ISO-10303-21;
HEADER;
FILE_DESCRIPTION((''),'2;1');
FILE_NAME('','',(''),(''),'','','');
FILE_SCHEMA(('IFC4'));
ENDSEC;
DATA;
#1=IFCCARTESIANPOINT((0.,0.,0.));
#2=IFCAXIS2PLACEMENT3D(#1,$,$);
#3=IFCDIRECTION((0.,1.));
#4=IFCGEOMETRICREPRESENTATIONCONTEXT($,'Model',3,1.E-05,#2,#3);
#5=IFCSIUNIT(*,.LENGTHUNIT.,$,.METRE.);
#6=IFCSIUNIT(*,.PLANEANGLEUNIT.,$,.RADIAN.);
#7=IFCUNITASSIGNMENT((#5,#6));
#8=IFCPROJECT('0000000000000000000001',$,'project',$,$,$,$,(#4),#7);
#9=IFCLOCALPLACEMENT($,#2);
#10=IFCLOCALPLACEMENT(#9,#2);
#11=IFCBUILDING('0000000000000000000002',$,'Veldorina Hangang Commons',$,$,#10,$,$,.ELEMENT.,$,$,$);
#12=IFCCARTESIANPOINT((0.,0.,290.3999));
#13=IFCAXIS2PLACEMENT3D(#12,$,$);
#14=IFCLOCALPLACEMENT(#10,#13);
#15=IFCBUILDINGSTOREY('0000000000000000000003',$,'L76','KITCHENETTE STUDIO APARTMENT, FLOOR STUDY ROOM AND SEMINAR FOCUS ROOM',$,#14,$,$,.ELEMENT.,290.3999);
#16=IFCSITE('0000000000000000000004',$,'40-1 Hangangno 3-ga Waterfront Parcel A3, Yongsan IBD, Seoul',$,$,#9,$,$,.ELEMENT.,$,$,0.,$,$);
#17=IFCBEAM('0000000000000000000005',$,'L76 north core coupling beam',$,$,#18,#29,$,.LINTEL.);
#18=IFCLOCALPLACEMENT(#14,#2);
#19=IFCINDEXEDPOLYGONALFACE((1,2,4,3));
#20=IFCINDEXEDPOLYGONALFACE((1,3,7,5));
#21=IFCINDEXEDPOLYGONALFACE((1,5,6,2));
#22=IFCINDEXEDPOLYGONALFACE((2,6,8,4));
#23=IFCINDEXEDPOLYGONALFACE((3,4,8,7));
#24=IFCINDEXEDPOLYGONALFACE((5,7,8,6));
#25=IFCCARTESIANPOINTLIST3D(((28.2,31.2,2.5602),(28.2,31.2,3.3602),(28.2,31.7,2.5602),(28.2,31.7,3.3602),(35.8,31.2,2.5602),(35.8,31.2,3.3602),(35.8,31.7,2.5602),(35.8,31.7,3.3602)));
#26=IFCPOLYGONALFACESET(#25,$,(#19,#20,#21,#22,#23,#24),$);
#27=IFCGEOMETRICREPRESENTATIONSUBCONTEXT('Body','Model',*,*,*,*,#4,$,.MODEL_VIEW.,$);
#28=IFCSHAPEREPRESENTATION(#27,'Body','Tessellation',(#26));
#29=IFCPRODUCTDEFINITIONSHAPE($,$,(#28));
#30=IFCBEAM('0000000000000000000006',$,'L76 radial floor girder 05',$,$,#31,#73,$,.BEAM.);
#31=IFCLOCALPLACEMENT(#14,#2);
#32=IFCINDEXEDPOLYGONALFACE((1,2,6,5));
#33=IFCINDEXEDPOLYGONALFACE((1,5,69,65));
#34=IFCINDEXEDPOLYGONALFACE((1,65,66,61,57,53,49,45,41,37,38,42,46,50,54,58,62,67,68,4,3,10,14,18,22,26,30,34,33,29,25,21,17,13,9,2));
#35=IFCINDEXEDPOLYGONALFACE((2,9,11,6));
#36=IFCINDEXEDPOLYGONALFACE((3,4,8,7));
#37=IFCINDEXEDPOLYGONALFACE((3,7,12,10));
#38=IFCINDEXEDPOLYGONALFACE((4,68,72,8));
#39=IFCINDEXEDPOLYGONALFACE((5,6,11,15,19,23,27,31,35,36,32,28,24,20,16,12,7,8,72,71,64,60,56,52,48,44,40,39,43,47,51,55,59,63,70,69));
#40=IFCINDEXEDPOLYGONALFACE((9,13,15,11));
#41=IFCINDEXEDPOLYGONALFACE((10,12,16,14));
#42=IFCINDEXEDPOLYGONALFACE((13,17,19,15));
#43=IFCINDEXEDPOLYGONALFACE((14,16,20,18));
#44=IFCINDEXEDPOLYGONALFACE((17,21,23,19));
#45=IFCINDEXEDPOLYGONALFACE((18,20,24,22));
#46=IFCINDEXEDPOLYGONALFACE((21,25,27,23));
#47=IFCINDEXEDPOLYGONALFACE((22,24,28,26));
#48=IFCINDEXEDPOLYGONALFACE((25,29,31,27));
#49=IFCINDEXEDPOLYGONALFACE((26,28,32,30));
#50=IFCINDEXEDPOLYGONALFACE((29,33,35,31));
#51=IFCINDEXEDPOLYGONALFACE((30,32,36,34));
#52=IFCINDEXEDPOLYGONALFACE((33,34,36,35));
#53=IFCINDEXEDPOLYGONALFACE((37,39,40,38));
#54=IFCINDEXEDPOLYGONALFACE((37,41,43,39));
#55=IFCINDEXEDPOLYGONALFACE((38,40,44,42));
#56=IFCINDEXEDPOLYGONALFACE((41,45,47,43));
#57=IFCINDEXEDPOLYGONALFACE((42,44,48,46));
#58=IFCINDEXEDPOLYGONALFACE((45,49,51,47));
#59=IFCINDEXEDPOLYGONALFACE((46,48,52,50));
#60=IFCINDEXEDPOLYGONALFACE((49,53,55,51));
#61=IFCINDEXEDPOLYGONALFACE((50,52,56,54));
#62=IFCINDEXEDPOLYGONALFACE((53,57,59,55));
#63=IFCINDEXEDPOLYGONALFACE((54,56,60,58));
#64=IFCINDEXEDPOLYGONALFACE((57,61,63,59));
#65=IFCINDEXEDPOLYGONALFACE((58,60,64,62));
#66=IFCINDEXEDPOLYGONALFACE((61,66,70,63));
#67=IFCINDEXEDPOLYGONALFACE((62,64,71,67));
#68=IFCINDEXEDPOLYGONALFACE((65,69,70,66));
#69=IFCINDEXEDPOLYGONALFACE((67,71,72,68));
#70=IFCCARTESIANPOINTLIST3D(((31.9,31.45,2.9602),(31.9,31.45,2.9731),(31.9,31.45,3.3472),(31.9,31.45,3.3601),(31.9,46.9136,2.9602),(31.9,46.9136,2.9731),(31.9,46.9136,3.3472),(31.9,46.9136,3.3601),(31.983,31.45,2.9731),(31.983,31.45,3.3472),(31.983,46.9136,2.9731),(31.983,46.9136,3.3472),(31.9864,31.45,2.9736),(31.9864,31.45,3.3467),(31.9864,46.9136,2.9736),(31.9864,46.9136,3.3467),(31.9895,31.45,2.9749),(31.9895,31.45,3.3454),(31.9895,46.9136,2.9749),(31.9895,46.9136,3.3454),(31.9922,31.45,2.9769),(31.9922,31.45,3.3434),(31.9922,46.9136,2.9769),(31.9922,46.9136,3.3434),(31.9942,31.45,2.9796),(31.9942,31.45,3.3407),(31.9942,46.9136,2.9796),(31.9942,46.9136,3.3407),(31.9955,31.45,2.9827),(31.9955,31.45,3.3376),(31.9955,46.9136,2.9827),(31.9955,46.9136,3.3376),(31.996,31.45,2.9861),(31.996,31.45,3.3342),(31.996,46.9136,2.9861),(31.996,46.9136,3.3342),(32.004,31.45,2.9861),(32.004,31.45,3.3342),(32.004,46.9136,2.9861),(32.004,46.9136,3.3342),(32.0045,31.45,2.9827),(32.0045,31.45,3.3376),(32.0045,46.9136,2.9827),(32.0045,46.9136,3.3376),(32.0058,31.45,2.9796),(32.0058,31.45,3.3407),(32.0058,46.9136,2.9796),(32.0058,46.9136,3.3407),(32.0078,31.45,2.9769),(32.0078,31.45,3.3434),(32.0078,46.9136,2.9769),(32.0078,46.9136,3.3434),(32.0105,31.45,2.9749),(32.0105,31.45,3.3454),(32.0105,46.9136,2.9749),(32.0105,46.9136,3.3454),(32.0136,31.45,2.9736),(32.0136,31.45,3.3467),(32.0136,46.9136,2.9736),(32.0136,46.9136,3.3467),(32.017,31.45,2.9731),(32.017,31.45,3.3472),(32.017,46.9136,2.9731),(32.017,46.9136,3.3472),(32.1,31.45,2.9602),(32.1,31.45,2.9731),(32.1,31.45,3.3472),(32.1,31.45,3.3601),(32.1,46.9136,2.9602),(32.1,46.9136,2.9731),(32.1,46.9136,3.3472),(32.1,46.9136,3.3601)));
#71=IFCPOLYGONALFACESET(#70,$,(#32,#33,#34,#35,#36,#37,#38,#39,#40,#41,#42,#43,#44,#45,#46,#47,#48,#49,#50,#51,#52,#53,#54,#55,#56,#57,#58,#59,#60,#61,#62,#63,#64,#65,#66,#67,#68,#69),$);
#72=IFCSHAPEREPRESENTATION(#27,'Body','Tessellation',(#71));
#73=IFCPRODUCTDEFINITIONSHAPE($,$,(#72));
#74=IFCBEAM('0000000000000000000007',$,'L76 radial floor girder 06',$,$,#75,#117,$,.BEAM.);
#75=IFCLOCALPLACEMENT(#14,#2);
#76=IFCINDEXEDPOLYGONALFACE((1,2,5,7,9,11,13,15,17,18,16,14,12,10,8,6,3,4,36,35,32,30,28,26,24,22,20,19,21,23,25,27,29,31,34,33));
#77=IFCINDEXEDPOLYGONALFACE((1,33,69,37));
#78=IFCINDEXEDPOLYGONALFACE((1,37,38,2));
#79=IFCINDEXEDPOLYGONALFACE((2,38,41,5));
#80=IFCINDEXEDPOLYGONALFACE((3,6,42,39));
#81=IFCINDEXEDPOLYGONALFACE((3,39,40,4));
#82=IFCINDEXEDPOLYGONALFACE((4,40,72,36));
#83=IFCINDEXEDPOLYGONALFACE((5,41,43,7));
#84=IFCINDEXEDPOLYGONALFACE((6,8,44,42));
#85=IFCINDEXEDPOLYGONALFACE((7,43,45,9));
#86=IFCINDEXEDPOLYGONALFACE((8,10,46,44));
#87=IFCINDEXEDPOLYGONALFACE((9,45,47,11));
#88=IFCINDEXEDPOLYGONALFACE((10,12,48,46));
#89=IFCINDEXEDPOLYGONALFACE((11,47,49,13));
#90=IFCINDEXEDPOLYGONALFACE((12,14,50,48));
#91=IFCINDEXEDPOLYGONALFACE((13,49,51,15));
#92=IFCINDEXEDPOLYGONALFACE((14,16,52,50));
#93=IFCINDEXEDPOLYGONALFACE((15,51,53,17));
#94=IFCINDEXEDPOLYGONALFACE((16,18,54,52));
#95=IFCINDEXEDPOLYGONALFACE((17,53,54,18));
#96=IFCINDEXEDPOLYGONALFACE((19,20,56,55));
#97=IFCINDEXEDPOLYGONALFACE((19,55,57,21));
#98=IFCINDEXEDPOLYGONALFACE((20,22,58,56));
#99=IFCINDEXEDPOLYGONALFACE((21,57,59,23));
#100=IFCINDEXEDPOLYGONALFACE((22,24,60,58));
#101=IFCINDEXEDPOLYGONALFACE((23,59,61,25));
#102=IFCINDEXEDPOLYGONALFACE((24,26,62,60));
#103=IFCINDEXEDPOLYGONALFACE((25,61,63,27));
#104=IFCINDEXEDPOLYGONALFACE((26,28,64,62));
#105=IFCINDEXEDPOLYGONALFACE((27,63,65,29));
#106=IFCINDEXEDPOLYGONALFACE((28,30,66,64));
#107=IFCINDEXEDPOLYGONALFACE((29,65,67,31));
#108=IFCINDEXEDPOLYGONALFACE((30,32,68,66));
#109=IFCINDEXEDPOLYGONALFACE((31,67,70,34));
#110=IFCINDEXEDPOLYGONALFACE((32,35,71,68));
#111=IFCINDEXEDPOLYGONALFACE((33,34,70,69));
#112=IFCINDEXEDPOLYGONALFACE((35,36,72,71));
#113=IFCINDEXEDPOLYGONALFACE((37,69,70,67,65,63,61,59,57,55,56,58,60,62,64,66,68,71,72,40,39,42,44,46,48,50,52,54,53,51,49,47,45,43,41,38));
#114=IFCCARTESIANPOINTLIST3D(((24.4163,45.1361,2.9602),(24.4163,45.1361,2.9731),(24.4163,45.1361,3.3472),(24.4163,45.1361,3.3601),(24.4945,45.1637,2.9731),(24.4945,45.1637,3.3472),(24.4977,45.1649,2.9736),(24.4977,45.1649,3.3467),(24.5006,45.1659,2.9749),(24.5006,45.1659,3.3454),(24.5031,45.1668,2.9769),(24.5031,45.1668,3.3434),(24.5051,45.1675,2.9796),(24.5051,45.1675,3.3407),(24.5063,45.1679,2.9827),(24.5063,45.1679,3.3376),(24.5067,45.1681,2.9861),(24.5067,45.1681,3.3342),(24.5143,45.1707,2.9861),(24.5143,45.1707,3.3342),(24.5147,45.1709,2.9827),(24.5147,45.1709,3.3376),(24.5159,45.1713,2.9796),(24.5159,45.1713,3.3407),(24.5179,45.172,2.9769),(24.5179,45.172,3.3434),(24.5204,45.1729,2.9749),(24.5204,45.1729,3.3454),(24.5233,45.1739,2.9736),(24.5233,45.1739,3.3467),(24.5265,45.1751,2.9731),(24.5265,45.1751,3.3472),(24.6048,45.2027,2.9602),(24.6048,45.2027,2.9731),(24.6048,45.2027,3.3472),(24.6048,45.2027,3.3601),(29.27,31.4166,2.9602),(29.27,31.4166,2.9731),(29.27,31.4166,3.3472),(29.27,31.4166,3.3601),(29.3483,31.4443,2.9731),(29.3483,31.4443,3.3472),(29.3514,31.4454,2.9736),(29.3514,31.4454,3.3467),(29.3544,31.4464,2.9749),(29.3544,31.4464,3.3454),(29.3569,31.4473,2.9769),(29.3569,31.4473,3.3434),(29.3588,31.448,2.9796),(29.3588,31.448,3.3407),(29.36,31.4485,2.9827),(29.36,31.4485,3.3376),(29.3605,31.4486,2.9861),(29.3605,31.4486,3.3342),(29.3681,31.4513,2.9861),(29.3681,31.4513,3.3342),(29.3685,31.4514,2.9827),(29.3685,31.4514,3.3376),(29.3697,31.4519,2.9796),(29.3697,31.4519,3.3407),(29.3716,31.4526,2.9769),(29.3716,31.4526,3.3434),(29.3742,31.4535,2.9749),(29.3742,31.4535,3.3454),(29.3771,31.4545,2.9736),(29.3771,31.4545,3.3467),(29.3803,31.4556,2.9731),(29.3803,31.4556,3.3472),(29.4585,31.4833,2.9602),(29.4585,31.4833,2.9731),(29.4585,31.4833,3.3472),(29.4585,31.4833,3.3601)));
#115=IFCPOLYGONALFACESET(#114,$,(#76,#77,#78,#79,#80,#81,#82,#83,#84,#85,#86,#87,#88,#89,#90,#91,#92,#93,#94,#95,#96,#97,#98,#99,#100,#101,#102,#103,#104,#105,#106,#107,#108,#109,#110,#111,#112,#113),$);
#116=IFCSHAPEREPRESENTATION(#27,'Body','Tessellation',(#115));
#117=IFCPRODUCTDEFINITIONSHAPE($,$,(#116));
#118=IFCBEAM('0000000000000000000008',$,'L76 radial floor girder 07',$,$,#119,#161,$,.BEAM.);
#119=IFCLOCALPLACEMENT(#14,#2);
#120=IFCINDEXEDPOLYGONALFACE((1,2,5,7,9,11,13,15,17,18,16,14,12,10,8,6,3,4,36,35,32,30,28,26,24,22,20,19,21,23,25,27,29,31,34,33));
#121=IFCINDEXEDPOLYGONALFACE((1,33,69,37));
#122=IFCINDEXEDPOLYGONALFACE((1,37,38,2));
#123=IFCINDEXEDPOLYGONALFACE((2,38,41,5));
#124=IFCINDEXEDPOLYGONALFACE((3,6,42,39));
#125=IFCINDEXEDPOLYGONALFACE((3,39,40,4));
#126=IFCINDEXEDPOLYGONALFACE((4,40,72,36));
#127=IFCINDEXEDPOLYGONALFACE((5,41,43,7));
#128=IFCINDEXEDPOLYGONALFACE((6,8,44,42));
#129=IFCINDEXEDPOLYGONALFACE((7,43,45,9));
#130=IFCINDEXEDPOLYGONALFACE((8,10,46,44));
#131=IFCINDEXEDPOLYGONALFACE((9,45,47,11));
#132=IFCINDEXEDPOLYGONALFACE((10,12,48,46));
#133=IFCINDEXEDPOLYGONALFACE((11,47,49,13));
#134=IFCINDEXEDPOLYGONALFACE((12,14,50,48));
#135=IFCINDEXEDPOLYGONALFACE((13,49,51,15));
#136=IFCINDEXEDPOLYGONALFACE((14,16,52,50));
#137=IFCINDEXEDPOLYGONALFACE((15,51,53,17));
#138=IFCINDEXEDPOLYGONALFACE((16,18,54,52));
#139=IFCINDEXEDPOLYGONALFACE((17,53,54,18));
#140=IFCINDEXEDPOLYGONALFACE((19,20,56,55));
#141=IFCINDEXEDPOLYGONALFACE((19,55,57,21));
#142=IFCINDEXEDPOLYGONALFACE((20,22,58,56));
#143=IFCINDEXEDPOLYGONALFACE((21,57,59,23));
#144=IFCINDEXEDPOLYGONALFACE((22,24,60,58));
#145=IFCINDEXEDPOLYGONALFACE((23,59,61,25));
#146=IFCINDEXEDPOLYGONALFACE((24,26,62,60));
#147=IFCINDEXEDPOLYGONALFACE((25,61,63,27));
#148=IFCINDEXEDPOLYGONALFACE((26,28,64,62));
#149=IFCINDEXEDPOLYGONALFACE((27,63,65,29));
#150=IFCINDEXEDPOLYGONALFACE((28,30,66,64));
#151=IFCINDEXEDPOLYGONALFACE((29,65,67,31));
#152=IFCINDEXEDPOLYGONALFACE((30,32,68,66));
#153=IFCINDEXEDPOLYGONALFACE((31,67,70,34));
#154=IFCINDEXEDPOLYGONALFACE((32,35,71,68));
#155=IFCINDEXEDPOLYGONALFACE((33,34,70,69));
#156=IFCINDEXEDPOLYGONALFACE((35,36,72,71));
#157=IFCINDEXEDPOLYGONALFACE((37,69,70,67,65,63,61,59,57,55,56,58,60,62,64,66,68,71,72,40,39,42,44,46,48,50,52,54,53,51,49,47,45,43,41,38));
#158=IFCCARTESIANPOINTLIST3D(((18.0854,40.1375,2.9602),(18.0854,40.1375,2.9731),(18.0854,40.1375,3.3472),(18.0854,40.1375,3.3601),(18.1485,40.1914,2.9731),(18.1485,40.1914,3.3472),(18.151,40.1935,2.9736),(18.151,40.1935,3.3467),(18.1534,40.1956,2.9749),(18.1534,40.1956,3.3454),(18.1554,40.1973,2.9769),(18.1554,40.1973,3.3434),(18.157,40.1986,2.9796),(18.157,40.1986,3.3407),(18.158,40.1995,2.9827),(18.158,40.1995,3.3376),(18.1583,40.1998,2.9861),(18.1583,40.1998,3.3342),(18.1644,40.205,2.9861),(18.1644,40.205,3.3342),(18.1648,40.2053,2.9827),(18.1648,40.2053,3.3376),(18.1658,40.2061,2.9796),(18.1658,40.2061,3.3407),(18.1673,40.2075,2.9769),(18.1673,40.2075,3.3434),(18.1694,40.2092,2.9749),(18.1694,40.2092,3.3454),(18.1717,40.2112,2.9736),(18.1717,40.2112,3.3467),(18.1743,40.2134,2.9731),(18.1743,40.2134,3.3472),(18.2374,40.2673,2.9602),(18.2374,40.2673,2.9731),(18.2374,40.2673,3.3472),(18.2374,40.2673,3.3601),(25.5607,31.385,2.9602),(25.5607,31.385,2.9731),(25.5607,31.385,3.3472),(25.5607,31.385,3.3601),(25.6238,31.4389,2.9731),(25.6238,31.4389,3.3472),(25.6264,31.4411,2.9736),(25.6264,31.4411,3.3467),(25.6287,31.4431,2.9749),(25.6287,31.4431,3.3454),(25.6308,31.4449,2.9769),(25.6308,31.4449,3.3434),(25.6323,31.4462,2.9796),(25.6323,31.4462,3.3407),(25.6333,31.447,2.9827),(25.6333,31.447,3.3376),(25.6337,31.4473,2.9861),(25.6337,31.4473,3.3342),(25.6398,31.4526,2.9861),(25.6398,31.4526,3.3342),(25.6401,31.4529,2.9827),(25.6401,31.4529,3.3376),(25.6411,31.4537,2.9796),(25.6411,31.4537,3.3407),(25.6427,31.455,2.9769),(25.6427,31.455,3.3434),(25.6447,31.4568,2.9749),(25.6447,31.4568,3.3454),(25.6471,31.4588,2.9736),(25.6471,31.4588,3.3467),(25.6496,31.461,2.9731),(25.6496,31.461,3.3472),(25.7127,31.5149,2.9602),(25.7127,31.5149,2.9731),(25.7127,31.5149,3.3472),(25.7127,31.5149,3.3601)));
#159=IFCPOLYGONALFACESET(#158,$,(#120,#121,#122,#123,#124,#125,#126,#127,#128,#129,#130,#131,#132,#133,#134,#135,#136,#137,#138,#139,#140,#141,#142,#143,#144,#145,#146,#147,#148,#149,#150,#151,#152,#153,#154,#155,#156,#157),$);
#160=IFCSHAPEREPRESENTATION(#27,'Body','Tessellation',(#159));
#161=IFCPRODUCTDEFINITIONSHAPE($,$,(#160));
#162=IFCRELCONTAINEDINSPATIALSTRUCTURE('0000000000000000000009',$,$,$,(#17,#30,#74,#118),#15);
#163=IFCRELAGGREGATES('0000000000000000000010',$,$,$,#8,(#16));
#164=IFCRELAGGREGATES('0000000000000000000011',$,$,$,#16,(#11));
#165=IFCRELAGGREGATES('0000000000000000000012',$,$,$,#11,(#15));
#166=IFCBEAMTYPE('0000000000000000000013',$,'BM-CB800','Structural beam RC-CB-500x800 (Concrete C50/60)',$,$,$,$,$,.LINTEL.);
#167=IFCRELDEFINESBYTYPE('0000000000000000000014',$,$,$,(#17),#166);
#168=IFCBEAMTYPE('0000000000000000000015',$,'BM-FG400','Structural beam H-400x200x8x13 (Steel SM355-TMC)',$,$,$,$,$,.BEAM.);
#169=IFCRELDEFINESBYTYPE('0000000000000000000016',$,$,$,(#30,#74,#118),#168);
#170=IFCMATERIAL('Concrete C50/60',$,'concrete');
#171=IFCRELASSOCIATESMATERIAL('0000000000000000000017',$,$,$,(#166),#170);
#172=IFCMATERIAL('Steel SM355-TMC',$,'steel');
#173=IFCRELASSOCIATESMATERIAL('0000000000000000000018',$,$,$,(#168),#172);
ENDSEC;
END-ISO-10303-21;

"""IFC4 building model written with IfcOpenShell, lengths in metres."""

from ifc_helpers import new_model, si_unit, direction, frame, origin, origin_2d, place, context, subcontext, project, spatial, rectangle, i_section, extrude, material, material_profile, profile_set, type_object, element, save


model = new_model("IFC4")

# Units and contexts
model_context = context("Model", 3, precision=1e-05, world=origin(), true_north=direction((0.0, 1.0)))
body_context = subcontext(model_context, "Body", "Model", "MODEL_VIEW")
ifc_project = project(units=[si_unit("LENGTHUNIT", "METRE"), si_unit("PLANEANGLEUNIT", "RADIAN")], contexts=[model_context])

# Site, building, storey
site_placement = place(None, origin())
site = spatial("IfcSite", under=ifc_project, at=site_placement, Name="40-1 Hangangno 3-ga Waterfront Parcel A3, Yongsan IBD, Seoul", CompositionType="ELEMENT", RefElevation=0.0)
building_placement = place(site_placement, origin())
building = spatial("IfcBuilding", under=site, at=building_placement, Name="Veldorina Hangang Commons", CompositionType="ELEMENT")
storey_placement = place(building_placement, frame((0.0, 0.0, 290.3999)))
storey = spatial("IfcBuildingStorey", under=building, at=storey_placement, Name="L76", Description="KITCHENETTE STUDIO APARTMENT, FLOOR STUDY ROOM AND SEMINAR FOCUS ROOM", CompositionType="ELEMENT", Elevation=290.3999)

# Beams
ifc_material_1 = material(Name="Concrete C50/60", Category="concrete")
ifc_material_profile_1 = material_profile(ifc_material_1, rectangle(XDim=0.5, YDim=0.8, at=origin_2d()), Name="RC-CB-500x800")
ifc_profile_set_1 = profile_set([ifc_material_profile_1], Name="Concrete C50/60")
beam_type_1 = type_object("IfcBeamType", Name="BM-CB800", Description="Structural beam RC-CB-500x800 (Concrete C50/60)", PredefinedType="LINTEL", material=ifc_profile_set_1)
beam_1_placement = place(storey_placement, frame((28.2, 31.45, 2.9602), z_axis=(1.0, 0.0, 0.0), x_axis=(0.0, 1.0, 0.0)))
element("IfcBeam", 1, at=beam_1_placement, inside=storey, type_object=beam_type_1, Name="L76 north core coupling beam", PredefinedType="LINTEL", context=body_context, shape_type="SweptSolid", body=[
    extrude(rectangle(XDim=0.5, YDim=0.8, at=origin_2d()), origin(), (0.0, 0.0, 1.0), 7.6001),
])
ifc_material_2 = material(Name="Steel SM355-TMC", Category="steel")
ifc_material_profile_2 = material_profile(ifc_material_2, i_section(OverallWidth=0.2, OverallDepth=0.3999, WebThickness=0.0081, FlangeThickness=0.0129, FilletRadius=0.0129, at=origin_2d()), Name="H-400x200x8x13")
ifc_profile_set_2 = profile_set([ifc_material_profile_2], Name="Steel SM355-TMC")
beam_type_2 = type_object("IfcBeamType", Name="BM-FG400", Description="Structural beam H-400x200x8x13 (Steel SM355-TMC)", PredefinedType="BEAM", material=ifc_profile_set_2)
beam_2_placement = place(storey_placement, frame((32.0, 31.45, 3.1602), z_axis=(0.0, 1.0, 0.0), x_axis=(-1.0, 0.0, 0.0)))
element("IfcBeam", 2, at=beam_2_placement, inside=storey, type_object=beam_type_2, Name="L76 radial floor girder 05", PredefinedType="BEAM", context=body_context, shape_type="SweptSolid", body=[
    extrude(i_section(OverallWidth=0.2, OverallDepth=0.3999, WebThickness=0.0081, FlangeThickness=0.0129, FilletRadius=0.0129, at=origin_2d()), origin(), (0.0, 0.0, 1.0), 15.4636),
])
beam_3_placement = place(storey_placement, frame((29.3643, 31.45, 3.1602), z_axis=(-0.333528, 0.94274, 0.0), x_axis=(-0.94274, -0.333528, 0.0)))
element("IfcBeam", 3, at=beam_3_placement, inside=storey, type_object=beam_type_2, Name="L76 radial floor girder 06", PredefinedType="BEAM", context=body_context, shape_type="SweptSolid", body=[
    extrude(i_section(OverallWidth=0.2, OverallDepth=0.3999, WebThickness=0.0081, FlangeThickness=0.0129, FilletRadius=0.0129, at=origin_2d()), origin(), (0.0, 0.0, 1.0), 14.5527),
])
beam_4_placement = place(storey_placement, frame((25.6367, 31.45, 3.1602), z_axis=(-0.649451, 0.760404, 0.0), x_axis=(-0.760404, -0.649451, 0.0)))
element("IfcBeam", 4, at=beam_4_placement, inside=storey, type_object=beam_type_2, Name="L76 radial floor girder 07", PredefinedType="BEAM", context=body_context, shape_type="SweptSolid", body=[
    extrude(i_section(OverallWidth=0.2, OverallDepth=0.3999, WebThickness=0.0081, FlangeThickness=0.0129, FilletRadius=0.0129, at=origin_2d()), origin(), (0.0, 0.0, 1.0), 11.5103),
])

save(model, "model.ifc")
